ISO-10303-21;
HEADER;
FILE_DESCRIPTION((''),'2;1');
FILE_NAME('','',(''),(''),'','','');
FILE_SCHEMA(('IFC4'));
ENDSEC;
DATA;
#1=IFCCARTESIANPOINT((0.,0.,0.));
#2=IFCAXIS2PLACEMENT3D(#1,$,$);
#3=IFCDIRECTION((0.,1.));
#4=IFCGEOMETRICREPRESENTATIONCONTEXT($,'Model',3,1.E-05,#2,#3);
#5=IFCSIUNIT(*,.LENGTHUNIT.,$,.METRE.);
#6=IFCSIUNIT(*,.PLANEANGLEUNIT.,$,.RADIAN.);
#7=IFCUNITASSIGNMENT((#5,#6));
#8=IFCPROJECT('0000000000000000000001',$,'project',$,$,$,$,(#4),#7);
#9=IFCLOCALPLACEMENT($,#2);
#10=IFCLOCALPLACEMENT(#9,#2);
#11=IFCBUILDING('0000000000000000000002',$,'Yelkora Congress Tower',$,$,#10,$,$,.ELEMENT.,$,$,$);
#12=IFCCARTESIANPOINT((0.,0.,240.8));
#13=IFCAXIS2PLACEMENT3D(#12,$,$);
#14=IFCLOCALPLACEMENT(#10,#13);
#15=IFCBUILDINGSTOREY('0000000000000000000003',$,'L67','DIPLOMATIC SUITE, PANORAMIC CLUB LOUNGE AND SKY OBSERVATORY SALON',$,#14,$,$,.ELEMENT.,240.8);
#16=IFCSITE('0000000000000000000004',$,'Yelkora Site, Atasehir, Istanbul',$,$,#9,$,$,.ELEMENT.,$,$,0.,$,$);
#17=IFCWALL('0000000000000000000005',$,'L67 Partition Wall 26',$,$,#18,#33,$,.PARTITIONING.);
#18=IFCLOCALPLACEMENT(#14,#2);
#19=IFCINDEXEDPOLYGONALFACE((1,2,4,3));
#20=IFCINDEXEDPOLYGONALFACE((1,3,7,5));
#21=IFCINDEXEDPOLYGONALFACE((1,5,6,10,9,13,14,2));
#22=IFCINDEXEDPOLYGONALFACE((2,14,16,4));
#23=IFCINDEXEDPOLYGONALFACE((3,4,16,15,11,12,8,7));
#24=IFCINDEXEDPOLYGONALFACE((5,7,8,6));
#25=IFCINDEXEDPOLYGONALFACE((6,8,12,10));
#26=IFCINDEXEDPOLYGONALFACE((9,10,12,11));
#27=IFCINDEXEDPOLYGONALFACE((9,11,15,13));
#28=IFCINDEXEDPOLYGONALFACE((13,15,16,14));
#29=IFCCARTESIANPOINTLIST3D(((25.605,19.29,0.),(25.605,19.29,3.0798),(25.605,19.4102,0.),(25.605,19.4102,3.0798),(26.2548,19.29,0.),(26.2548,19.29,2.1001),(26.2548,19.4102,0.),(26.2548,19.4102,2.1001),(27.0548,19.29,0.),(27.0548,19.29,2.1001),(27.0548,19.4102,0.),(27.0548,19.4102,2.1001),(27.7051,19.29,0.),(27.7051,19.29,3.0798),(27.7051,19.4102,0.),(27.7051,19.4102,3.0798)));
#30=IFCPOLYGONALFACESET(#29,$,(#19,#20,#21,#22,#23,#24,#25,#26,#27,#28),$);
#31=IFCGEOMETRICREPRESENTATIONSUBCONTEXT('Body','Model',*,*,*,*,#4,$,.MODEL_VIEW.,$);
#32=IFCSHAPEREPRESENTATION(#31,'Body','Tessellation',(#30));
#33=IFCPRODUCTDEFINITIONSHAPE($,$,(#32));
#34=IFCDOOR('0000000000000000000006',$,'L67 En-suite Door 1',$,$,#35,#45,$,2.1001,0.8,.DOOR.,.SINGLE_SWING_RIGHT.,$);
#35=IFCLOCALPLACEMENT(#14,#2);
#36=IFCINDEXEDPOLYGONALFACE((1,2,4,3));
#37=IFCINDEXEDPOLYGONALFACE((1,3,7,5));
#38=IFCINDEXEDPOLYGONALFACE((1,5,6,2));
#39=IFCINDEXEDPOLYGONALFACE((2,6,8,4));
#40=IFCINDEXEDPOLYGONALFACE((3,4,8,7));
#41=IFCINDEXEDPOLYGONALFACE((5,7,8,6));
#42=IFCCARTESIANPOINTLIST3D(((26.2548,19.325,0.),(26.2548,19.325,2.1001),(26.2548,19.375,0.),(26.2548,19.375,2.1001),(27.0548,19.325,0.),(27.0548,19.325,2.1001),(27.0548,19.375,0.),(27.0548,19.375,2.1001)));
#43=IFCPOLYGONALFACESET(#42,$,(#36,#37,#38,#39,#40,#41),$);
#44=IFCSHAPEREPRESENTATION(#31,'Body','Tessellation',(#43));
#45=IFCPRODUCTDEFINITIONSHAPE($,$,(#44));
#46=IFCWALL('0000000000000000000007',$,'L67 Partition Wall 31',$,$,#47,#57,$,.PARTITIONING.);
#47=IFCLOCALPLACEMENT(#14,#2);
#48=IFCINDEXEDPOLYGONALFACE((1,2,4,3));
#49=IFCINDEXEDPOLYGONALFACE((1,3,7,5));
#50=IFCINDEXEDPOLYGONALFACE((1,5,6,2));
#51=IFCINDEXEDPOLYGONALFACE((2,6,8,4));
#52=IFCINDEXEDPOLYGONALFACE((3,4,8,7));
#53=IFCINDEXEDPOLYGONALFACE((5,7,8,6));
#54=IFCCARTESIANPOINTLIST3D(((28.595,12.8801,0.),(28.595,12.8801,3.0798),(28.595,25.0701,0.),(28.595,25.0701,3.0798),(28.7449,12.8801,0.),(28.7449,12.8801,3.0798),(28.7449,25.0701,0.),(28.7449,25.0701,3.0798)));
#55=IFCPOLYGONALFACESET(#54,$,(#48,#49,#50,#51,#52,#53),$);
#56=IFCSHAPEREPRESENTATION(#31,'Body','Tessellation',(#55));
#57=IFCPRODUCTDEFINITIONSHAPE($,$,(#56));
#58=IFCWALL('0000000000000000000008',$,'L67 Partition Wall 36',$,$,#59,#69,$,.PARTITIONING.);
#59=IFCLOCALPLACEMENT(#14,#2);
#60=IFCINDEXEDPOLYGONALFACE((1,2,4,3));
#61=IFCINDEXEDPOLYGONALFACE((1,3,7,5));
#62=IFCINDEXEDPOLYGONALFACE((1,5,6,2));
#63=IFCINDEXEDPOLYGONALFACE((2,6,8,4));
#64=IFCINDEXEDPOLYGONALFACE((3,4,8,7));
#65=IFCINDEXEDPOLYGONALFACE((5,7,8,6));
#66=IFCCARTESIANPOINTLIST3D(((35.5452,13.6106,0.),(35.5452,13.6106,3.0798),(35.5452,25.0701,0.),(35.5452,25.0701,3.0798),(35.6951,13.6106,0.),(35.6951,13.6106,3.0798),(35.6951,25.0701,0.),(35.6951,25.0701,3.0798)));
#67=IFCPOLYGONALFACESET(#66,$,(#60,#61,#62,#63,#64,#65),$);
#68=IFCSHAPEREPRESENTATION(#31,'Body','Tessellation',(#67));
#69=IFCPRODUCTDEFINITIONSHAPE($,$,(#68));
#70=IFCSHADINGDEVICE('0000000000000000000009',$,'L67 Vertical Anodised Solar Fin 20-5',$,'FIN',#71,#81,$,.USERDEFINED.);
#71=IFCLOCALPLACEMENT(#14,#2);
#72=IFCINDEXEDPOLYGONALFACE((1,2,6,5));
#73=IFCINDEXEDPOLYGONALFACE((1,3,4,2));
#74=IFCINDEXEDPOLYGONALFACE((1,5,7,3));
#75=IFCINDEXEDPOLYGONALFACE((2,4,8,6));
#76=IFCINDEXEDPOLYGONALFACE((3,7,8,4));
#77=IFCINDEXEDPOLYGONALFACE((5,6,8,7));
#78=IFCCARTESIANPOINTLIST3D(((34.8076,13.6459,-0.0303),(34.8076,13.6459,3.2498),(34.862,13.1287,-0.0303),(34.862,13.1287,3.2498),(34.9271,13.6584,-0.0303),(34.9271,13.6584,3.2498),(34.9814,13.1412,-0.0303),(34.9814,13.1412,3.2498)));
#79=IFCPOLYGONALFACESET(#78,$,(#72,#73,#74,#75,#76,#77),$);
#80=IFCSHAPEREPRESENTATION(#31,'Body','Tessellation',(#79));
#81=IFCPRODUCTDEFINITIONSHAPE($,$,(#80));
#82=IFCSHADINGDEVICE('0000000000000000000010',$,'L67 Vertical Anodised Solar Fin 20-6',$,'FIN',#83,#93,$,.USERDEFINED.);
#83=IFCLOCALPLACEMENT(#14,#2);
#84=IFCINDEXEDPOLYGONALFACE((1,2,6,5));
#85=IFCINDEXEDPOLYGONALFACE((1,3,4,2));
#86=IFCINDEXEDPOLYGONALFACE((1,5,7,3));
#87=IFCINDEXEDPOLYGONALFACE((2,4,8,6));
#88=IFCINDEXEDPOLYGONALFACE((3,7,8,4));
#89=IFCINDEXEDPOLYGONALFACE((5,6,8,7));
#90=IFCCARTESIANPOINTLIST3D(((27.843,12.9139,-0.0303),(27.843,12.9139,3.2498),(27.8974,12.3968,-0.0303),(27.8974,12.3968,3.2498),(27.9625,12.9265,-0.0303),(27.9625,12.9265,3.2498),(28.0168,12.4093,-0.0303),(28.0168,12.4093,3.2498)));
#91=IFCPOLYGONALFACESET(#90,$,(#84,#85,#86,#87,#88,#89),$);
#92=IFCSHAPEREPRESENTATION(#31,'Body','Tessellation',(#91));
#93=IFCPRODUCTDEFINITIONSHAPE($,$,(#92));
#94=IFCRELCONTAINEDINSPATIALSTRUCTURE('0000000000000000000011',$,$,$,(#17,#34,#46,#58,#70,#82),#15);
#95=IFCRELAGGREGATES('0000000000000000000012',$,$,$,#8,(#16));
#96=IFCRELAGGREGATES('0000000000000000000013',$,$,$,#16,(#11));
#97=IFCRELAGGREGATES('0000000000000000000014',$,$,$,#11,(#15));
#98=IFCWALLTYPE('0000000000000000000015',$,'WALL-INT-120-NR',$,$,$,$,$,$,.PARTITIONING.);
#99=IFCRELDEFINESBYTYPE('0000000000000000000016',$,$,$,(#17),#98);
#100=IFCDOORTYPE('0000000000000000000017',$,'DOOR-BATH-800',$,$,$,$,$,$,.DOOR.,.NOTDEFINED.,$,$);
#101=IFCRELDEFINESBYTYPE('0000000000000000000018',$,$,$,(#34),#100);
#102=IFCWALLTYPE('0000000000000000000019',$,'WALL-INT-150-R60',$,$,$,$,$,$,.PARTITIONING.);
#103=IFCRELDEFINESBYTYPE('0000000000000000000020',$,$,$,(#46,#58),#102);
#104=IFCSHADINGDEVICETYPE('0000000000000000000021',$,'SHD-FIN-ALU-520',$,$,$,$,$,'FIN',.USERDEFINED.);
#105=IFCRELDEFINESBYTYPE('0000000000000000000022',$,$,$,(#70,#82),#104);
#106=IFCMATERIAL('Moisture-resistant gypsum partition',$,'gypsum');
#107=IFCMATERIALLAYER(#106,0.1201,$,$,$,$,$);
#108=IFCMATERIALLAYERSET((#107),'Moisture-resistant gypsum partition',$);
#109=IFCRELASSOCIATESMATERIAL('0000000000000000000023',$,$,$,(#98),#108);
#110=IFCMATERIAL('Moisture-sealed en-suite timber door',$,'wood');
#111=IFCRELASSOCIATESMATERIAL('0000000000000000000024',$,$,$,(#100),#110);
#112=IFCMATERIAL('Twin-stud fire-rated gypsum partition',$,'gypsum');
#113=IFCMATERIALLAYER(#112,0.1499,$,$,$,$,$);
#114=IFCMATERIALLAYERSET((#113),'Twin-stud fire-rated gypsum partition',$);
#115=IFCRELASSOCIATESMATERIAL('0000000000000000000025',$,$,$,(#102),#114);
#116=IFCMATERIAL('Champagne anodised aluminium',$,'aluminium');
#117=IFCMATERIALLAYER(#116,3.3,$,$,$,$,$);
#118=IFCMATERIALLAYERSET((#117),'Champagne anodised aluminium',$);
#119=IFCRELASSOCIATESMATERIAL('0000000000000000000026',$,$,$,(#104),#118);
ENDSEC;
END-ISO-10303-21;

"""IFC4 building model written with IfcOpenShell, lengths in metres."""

from ifc_helpers import new_model, si_unit, direction, frame, frame_2d, origin, origin_2d, place, context, subcontext, project, spatial, rectangle, extrude, material, layer, layer_set, type_object, element, fill, save


model = new_model("IFC4")

# Units and contexts
model_context = context("Model", 3, precision=1e-05, world=origin(), true_north=direction((0.0, 1.0)))
body_context = subcontext(model_context, "Body", "Model", "MODEL_VIEW")
ifc_project = project(units=[si_unit("LENGTHUNIT", "METRE"), si_unit("PLANEANGLEUNIT", "RADIAN")], contexts=[model_context])

# Site, building, storey
site_placement = place(None, origin())
site = spatial("IfcSite", under=ifc_project, at=site_placement, Name="Yelkora Site, Atasehir, Istanbul", CompositionType="ELEMENT", RefElevation=0.0)
building_placement = place(site_placement, origin())
building = spatial("IfcBuilding", under=site, at=building_placement, Name="Yelkora Congress Tower", CompositionType="ELEMENT")
storey_placement = place(building_placement, frame((0.0, 0.0, 240.8)))
storey = spatial("IfcBuildingStorey", under=building, at=storey_placement, Name="L67", Description="DIPLOMATIC SUITE, PANORAMIC CLUB LOUNGE AND SKY OBSERVATORY SALON", CompositionType="ELEMENT", Elevation=240.8)

# Shared definitions
ifc_material_1 = material(Name="Moisture-resistant gypsum partition", Category="gypsum")
ifc_layer_1 = layer(ifc_material_1, 0.1201)
ifc_layer_set_1 = layer_set([ifc_layer_1], Name="Moisture-resistant gypsum partition")
wall_type_1 = type_object("IfcWallType", Name="WALL-INT-120-NR", PredefinedType="PARTITIONING", material=ifc_layer_set_1)

# Wall, opening, door
wall_1_placement = place(storey_placement, frame((25.605, 19.3501, 0.0), z_axis=(0.0, 0.0, 1.0), x_axis=(1.0, 0.0, 0.0)))
wall_1 = element("IfcWall", 1, at=wall_1_placement, inside=storey, type_object=wall_type_1, Name="L67 Partition Wall 26", PredefinedType="PARTITIONING", context=body_context, shape_type="SweptSolid", body=[
    extrude(rectangle(XDim=2.1001, YDim=0.1201, at=frame_2d((1.05, 0.0))), origin(), (0.0, 0.0, 1.0), 3.0798),
])
opening_placement = place(wall_1_placement, frame((0.6499, 0.0, 0.0)))
opening = element("IfcOpeningElement", 2, at=opening_placement, cuts=wall_1, PredefinedType="OPENING", context=body_context, shape_type="SweptSolid", body=[
    extrude(rectangle(XDim=0.8, YDim=2.1001, at=frame_2d((0.3999, 1.05))), frame((0.0, 0.0701, 0.0), z_axis=(0.0, -1.0, 0.0), x_axis=(1.0, 0.0, 0.0)), (0.0, 0.0, 1.0), 0.1401),
])
ifc_material_2 = material(Name="Moisture-sealed en-suite timber door", Category="wood")
door_type = type_object("IfcDoorType", Name="DOOR-BATH-800", OperationType="NOTDEFINED", PredefinedType="DOOR", material=ifc_material_2)
door_placement = place(opening_placement, origin())
door = element("IfcDoor", 3, at=door_placement, inside=storey, type_object=door_type, Name="L67 En-suite Door 1", OperationType="SINGLE_SWING_RIGHT", OverallHeight=2.1001, OverallWidth=0.8, PredefinedType="DOOR", context=body_context, shape_type="SweptSolid", body=[
    extrude(rectangle(XDim=0.8, YDim=2.1001, at=frame_2d((0.3999, 1.05))), frame((0.0, 0.0249, 0.0), z_axis=(0.0, -1.0, 0.0), x_axis=(1.0, 0.0, 0.0)), (0.0, 0.0, 1.0), 0.05),
])
fill(opening, door)

# Walls
ifc_material_3 = material(Name="Twin-stud fire-rated gypsum partition", Category="gypsum")
ifc_layer_2 = layer(ifc_material_3, 0.1499)
ifc_layer_set_2 = layer_set([ifc_layer_2], Name="Twin-stud fire-rated gypsum partition")
wall_type_2 = type_object("IfcWallType", Name="WALL-INT-150-R60", PredefinedType="PARTITIONING", material=ifc_layer_set_2)
wall_2_placement = place(storey_placement, frame((28.6699, 12.8801, 0.0), z_axis=(0.0, 0.0, 1.0), x_axis=(0.0, 1.0, 0.0)))
element("IfcWall", 4, at=wall_2_placement, inside=storey, type_object=wall_type_2, Name="L67 Partition Wall 31", PredefinedType="PARTITIONING", context=body_context, shape_type="SweptSolid", body=[
    extrude(rectangle(XDim=12.1899, YDim=0.1499, at=frame_2d((6.095, 0.0))), origin(), (0.0, 0.0, 1.0), 3.0798),
])
wall_3_placement = place(storey_placement, frame((35.6201, 13.6106, 0.0), z_axis=(0.0, 0.0, 1.0), x_axis=(0.0, 1.0, 0.0)))
element("IfcWall", 5, at=wall_3_placement, inside=storey, type_object=wall_type_2, Name="L67 Partition Wall 36", PredefinedType="PARTITIONING", context=body_context, shape_type="SweptSolid", body=[
    extrude(rectangle(XDim=11.4595, YDim=0.1499, at=frame_2d((5.7297, 0.0))), origin(), (0.0, 0.0, 1.0), 3.0798),
])

# Shading devices
ifc_material_4 = material(Name="Champagne anodised aluminium", Category="aluminium")
ifc_layer_3 = layer(ifc_material_4, 3.3)
ifc_layer_set_3 = layer_set([ifc_layer_3], Name="Champagne anodised aluminium")
shading_device_type = type_object("IfcShadingDeviceType", Name="SHD-FIN-ALU-520", ElementType="FIN", PredefinedType="USERDEFINED", material=ifc_layer_set_3)
for number, where, z_axis, x_axis, name in (
    (6, (34.8945, 13.3936, -0.0303), (0.0, 0.0, 1.0), (-0.994522, -0.104528, 0.0), "L67 Vertical Anodised Solar Fin 20-5"),
    (7, (27.9299, 12.6616, -0.0303), (0.0, 0.0, 1.0), (-0.994522, -0.104528, 0.0), "L67 Vertical Anodised Solar Fin 20-6"),
):
    element("IfcShadingDevice", number, at=place(storey_placement, frame(where, z_axis=z_axis, x_axis=x_axis)), inside=storey, type_object=shading_device_type, Name=name, ObjectType="FIN", PredefinedType="USERDEFINED", context=body_context, shape_type="SweptSolid", body=[
        extrude(rectangle(XDim=0.1201, YDim=0.52, at=origin_2d()), origin(), (0.0, 0.0, 1.0), 3.28),
    ])

save(model, "model.ifc")
